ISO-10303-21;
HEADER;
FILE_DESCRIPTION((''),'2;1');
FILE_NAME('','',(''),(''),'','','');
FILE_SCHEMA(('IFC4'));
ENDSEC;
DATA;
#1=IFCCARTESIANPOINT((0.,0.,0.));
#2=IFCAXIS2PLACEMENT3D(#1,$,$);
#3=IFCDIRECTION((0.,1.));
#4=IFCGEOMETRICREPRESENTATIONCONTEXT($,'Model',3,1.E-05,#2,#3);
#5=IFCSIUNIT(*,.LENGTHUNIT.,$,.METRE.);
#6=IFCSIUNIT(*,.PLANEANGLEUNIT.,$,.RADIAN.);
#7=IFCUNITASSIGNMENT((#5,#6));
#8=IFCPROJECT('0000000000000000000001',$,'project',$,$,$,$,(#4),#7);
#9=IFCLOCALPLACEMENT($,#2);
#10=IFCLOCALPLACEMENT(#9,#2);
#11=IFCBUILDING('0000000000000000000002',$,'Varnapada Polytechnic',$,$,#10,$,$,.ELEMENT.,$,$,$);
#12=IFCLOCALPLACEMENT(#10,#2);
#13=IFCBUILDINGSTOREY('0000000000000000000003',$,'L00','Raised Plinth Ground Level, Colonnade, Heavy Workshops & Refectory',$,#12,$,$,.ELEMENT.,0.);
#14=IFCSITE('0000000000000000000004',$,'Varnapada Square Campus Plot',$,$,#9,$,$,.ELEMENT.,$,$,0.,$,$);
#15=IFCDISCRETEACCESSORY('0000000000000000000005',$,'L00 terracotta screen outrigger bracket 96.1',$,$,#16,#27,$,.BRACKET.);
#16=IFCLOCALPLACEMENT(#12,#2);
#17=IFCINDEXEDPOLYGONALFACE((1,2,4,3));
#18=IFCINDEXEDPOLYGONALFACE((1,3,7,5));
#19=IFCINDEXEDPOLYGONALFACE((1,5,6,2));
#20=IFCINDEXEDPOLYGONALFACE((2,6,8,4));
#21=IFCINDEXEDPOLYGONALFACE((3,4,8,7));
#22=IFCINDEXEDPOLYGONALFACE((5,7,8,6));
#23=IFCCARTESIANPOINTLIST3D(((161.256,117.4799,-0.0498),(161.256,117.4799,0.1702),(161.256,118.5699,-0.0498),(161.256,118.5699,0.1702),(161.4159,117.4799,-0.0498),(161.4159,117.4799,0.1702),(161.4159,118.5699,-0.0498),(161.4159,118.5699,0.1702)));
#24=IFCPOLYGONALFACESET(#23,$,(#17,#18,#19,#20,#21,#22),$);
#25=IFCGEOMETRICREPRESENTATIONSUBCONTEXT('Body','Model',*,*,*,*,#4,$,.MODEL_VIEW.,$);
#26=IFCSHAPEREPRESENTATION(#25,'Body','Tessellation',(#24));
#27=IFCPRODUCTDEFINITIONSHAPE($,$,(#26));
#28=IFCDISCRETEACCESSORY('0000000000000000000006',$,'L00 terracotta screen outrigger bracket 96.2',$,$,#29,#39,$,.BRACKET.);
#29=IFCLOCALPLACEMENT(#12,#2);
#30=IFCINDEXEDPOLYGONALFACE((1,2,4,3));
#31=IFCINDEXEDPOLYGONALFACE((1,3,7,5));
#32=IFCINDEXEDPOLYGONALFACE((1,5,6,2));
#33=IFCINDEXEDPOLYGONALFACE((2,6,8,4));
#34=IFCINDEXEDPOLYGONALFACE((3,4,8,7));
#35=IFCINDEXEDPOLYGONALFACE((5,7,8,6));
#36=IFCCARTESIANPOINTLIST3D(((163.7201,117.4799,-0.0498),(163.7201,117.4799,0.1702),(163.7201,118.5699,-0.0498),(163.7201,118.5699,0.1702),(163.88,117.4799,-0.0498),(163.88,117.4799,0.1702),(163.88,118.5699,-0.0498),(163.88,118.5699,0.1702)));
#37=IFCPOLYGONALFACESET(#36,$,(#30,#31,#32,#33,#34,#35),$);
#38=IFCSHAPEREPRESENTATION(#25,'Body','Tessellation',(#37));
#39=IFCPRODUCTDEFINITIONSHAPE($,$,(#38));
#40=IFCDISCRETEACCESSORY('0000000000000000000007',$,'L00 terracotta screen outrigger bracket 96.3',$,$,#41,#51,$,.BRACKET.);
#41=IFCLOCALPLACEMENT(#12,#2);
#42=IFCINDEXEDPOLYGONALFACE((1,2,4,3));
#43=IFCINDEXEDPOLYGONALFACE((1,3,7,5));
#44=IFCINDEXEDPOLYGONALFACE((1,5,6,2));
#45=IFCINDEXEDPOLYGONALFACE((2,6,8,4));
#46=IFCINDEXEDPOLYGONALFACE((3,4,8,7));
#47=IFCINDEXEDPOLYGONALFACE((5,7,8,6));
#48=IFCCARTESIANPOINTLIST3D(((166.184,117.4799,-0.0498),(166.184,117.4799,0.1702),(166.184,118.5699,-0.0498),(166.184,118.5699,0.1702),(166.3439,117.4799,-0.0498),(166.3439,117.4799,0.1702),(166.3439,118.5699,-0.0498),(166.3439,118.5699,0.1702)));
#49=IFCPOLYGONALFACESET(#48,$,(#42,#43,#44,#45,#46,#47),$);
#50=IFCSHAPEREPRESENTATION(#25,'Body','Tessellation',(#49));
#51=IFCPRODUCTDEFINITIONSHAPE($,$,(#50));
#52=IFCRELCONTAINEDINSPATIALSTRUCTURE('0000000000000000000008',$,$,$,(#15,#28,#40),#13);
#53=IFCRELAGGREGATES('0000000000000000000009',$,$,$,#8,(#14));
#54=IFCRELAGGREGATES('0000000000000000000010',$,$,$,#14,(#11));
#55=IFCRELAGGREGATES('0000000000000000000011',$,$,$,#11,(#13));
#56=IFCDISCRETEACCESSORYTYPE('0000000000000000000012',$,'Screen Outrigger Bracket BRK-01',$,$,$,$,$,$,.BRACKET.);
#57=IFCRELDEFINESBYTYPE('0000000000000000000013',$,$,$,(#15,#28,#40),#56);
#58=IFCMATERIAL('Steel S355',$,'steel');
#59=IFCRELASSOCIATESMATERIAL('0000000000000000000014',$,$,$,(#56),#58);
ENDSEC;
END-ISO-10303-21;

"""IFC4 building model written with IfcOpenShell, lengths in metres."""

from ifc_helpers import new_model, si_unit, direction, frame, origin, origin_2d, place, context, subcontext, project, spatial, rectangle, extrude, material, type_object, element, save


model = new_model("IFC4")

# Units and contexts
model_context = context("Model", 3, precision=1e-05, world=origin(), true_north=direction((0.0, 1.0)))
body_context = subcontext(model_context, "Body", "Model", "MODEL_VIEW")
ifc_project = project(units=[si_unit("LENGTHUNIT", "METRE"), si_unit("PLANEANGLEUNIT", "RADIAN")], contexts=[model_context])

# Site, building, storey
site_placement = place(None, origin())
site = spatial("IfcSite", under=ifc_project, at=site_placement, Name="Varnapada Square Campus Plot", CompositionType="ELEMENT", RefElevation=0.0)
building_placement = place(site_placement, origin())
building = spatial("IfcBuilding", under=site, at=building_placement, Name="Varnapada Polytechnic", CompositionType="ELEMENT")
storey_placement = place(building_placement, origin())
storey = spatial("IfcBuildingStorey", under=building, at=storey_placement, Name="L00", Description="Raised Plinth Ground Level, Colonnade, Heavy Workshops & Refectory", CompositionType="ELEMENT", Elevation=0.0)

# Discrete accessories
ifc_material_1 = material(Name="Steel S355", Category="steel")
discrete_accessory_type = type_object("IfcDiscreteAccessoryType", Name="Screen Outrigger Bracket BRK-01", PredefinedType="BRACKET", material=ifc_material_1)
for number, where, z_axis, x_axis, name in (
    (1, (161.3359, 118.0249, -0.0498), (0.0, 0.0, 1.0), (1.0, 0.0, 0.0), "L00 terracotta screen outrigger bracket 96.1"),
    (2, (163.8, 118.0249, -0.0498), (0.0, 0.0, 1.0), (1.0, 0.0, 0.0), "L00 terracotta screen outrigger bracket 96.2"),
    (3, (166.2639, 118.0249, -0.0498), (0.0, 0.0, 1.0), (1.0, 0.0, 0.0), "L00 terracotta screen outrigger bracket 96.3"),
):
    element("IfcDiscreteAccessory", number, at=place(storey_placement, frame(where, z_axis=z_axis, x_axis=x_axis)), inside=storey, type_object=discrete_accessory_type, Name=name, PredefinedType="BRACKET", context=body_context, shape_type="SweptSolid", body=[
        extrude(rectangle(XDim=0.1599, YDim=1.0901, at=origin_2d()), origin(), (0.0, 0.0, 1.0), 0.22),
    ])

save(model, "model.ifc")
